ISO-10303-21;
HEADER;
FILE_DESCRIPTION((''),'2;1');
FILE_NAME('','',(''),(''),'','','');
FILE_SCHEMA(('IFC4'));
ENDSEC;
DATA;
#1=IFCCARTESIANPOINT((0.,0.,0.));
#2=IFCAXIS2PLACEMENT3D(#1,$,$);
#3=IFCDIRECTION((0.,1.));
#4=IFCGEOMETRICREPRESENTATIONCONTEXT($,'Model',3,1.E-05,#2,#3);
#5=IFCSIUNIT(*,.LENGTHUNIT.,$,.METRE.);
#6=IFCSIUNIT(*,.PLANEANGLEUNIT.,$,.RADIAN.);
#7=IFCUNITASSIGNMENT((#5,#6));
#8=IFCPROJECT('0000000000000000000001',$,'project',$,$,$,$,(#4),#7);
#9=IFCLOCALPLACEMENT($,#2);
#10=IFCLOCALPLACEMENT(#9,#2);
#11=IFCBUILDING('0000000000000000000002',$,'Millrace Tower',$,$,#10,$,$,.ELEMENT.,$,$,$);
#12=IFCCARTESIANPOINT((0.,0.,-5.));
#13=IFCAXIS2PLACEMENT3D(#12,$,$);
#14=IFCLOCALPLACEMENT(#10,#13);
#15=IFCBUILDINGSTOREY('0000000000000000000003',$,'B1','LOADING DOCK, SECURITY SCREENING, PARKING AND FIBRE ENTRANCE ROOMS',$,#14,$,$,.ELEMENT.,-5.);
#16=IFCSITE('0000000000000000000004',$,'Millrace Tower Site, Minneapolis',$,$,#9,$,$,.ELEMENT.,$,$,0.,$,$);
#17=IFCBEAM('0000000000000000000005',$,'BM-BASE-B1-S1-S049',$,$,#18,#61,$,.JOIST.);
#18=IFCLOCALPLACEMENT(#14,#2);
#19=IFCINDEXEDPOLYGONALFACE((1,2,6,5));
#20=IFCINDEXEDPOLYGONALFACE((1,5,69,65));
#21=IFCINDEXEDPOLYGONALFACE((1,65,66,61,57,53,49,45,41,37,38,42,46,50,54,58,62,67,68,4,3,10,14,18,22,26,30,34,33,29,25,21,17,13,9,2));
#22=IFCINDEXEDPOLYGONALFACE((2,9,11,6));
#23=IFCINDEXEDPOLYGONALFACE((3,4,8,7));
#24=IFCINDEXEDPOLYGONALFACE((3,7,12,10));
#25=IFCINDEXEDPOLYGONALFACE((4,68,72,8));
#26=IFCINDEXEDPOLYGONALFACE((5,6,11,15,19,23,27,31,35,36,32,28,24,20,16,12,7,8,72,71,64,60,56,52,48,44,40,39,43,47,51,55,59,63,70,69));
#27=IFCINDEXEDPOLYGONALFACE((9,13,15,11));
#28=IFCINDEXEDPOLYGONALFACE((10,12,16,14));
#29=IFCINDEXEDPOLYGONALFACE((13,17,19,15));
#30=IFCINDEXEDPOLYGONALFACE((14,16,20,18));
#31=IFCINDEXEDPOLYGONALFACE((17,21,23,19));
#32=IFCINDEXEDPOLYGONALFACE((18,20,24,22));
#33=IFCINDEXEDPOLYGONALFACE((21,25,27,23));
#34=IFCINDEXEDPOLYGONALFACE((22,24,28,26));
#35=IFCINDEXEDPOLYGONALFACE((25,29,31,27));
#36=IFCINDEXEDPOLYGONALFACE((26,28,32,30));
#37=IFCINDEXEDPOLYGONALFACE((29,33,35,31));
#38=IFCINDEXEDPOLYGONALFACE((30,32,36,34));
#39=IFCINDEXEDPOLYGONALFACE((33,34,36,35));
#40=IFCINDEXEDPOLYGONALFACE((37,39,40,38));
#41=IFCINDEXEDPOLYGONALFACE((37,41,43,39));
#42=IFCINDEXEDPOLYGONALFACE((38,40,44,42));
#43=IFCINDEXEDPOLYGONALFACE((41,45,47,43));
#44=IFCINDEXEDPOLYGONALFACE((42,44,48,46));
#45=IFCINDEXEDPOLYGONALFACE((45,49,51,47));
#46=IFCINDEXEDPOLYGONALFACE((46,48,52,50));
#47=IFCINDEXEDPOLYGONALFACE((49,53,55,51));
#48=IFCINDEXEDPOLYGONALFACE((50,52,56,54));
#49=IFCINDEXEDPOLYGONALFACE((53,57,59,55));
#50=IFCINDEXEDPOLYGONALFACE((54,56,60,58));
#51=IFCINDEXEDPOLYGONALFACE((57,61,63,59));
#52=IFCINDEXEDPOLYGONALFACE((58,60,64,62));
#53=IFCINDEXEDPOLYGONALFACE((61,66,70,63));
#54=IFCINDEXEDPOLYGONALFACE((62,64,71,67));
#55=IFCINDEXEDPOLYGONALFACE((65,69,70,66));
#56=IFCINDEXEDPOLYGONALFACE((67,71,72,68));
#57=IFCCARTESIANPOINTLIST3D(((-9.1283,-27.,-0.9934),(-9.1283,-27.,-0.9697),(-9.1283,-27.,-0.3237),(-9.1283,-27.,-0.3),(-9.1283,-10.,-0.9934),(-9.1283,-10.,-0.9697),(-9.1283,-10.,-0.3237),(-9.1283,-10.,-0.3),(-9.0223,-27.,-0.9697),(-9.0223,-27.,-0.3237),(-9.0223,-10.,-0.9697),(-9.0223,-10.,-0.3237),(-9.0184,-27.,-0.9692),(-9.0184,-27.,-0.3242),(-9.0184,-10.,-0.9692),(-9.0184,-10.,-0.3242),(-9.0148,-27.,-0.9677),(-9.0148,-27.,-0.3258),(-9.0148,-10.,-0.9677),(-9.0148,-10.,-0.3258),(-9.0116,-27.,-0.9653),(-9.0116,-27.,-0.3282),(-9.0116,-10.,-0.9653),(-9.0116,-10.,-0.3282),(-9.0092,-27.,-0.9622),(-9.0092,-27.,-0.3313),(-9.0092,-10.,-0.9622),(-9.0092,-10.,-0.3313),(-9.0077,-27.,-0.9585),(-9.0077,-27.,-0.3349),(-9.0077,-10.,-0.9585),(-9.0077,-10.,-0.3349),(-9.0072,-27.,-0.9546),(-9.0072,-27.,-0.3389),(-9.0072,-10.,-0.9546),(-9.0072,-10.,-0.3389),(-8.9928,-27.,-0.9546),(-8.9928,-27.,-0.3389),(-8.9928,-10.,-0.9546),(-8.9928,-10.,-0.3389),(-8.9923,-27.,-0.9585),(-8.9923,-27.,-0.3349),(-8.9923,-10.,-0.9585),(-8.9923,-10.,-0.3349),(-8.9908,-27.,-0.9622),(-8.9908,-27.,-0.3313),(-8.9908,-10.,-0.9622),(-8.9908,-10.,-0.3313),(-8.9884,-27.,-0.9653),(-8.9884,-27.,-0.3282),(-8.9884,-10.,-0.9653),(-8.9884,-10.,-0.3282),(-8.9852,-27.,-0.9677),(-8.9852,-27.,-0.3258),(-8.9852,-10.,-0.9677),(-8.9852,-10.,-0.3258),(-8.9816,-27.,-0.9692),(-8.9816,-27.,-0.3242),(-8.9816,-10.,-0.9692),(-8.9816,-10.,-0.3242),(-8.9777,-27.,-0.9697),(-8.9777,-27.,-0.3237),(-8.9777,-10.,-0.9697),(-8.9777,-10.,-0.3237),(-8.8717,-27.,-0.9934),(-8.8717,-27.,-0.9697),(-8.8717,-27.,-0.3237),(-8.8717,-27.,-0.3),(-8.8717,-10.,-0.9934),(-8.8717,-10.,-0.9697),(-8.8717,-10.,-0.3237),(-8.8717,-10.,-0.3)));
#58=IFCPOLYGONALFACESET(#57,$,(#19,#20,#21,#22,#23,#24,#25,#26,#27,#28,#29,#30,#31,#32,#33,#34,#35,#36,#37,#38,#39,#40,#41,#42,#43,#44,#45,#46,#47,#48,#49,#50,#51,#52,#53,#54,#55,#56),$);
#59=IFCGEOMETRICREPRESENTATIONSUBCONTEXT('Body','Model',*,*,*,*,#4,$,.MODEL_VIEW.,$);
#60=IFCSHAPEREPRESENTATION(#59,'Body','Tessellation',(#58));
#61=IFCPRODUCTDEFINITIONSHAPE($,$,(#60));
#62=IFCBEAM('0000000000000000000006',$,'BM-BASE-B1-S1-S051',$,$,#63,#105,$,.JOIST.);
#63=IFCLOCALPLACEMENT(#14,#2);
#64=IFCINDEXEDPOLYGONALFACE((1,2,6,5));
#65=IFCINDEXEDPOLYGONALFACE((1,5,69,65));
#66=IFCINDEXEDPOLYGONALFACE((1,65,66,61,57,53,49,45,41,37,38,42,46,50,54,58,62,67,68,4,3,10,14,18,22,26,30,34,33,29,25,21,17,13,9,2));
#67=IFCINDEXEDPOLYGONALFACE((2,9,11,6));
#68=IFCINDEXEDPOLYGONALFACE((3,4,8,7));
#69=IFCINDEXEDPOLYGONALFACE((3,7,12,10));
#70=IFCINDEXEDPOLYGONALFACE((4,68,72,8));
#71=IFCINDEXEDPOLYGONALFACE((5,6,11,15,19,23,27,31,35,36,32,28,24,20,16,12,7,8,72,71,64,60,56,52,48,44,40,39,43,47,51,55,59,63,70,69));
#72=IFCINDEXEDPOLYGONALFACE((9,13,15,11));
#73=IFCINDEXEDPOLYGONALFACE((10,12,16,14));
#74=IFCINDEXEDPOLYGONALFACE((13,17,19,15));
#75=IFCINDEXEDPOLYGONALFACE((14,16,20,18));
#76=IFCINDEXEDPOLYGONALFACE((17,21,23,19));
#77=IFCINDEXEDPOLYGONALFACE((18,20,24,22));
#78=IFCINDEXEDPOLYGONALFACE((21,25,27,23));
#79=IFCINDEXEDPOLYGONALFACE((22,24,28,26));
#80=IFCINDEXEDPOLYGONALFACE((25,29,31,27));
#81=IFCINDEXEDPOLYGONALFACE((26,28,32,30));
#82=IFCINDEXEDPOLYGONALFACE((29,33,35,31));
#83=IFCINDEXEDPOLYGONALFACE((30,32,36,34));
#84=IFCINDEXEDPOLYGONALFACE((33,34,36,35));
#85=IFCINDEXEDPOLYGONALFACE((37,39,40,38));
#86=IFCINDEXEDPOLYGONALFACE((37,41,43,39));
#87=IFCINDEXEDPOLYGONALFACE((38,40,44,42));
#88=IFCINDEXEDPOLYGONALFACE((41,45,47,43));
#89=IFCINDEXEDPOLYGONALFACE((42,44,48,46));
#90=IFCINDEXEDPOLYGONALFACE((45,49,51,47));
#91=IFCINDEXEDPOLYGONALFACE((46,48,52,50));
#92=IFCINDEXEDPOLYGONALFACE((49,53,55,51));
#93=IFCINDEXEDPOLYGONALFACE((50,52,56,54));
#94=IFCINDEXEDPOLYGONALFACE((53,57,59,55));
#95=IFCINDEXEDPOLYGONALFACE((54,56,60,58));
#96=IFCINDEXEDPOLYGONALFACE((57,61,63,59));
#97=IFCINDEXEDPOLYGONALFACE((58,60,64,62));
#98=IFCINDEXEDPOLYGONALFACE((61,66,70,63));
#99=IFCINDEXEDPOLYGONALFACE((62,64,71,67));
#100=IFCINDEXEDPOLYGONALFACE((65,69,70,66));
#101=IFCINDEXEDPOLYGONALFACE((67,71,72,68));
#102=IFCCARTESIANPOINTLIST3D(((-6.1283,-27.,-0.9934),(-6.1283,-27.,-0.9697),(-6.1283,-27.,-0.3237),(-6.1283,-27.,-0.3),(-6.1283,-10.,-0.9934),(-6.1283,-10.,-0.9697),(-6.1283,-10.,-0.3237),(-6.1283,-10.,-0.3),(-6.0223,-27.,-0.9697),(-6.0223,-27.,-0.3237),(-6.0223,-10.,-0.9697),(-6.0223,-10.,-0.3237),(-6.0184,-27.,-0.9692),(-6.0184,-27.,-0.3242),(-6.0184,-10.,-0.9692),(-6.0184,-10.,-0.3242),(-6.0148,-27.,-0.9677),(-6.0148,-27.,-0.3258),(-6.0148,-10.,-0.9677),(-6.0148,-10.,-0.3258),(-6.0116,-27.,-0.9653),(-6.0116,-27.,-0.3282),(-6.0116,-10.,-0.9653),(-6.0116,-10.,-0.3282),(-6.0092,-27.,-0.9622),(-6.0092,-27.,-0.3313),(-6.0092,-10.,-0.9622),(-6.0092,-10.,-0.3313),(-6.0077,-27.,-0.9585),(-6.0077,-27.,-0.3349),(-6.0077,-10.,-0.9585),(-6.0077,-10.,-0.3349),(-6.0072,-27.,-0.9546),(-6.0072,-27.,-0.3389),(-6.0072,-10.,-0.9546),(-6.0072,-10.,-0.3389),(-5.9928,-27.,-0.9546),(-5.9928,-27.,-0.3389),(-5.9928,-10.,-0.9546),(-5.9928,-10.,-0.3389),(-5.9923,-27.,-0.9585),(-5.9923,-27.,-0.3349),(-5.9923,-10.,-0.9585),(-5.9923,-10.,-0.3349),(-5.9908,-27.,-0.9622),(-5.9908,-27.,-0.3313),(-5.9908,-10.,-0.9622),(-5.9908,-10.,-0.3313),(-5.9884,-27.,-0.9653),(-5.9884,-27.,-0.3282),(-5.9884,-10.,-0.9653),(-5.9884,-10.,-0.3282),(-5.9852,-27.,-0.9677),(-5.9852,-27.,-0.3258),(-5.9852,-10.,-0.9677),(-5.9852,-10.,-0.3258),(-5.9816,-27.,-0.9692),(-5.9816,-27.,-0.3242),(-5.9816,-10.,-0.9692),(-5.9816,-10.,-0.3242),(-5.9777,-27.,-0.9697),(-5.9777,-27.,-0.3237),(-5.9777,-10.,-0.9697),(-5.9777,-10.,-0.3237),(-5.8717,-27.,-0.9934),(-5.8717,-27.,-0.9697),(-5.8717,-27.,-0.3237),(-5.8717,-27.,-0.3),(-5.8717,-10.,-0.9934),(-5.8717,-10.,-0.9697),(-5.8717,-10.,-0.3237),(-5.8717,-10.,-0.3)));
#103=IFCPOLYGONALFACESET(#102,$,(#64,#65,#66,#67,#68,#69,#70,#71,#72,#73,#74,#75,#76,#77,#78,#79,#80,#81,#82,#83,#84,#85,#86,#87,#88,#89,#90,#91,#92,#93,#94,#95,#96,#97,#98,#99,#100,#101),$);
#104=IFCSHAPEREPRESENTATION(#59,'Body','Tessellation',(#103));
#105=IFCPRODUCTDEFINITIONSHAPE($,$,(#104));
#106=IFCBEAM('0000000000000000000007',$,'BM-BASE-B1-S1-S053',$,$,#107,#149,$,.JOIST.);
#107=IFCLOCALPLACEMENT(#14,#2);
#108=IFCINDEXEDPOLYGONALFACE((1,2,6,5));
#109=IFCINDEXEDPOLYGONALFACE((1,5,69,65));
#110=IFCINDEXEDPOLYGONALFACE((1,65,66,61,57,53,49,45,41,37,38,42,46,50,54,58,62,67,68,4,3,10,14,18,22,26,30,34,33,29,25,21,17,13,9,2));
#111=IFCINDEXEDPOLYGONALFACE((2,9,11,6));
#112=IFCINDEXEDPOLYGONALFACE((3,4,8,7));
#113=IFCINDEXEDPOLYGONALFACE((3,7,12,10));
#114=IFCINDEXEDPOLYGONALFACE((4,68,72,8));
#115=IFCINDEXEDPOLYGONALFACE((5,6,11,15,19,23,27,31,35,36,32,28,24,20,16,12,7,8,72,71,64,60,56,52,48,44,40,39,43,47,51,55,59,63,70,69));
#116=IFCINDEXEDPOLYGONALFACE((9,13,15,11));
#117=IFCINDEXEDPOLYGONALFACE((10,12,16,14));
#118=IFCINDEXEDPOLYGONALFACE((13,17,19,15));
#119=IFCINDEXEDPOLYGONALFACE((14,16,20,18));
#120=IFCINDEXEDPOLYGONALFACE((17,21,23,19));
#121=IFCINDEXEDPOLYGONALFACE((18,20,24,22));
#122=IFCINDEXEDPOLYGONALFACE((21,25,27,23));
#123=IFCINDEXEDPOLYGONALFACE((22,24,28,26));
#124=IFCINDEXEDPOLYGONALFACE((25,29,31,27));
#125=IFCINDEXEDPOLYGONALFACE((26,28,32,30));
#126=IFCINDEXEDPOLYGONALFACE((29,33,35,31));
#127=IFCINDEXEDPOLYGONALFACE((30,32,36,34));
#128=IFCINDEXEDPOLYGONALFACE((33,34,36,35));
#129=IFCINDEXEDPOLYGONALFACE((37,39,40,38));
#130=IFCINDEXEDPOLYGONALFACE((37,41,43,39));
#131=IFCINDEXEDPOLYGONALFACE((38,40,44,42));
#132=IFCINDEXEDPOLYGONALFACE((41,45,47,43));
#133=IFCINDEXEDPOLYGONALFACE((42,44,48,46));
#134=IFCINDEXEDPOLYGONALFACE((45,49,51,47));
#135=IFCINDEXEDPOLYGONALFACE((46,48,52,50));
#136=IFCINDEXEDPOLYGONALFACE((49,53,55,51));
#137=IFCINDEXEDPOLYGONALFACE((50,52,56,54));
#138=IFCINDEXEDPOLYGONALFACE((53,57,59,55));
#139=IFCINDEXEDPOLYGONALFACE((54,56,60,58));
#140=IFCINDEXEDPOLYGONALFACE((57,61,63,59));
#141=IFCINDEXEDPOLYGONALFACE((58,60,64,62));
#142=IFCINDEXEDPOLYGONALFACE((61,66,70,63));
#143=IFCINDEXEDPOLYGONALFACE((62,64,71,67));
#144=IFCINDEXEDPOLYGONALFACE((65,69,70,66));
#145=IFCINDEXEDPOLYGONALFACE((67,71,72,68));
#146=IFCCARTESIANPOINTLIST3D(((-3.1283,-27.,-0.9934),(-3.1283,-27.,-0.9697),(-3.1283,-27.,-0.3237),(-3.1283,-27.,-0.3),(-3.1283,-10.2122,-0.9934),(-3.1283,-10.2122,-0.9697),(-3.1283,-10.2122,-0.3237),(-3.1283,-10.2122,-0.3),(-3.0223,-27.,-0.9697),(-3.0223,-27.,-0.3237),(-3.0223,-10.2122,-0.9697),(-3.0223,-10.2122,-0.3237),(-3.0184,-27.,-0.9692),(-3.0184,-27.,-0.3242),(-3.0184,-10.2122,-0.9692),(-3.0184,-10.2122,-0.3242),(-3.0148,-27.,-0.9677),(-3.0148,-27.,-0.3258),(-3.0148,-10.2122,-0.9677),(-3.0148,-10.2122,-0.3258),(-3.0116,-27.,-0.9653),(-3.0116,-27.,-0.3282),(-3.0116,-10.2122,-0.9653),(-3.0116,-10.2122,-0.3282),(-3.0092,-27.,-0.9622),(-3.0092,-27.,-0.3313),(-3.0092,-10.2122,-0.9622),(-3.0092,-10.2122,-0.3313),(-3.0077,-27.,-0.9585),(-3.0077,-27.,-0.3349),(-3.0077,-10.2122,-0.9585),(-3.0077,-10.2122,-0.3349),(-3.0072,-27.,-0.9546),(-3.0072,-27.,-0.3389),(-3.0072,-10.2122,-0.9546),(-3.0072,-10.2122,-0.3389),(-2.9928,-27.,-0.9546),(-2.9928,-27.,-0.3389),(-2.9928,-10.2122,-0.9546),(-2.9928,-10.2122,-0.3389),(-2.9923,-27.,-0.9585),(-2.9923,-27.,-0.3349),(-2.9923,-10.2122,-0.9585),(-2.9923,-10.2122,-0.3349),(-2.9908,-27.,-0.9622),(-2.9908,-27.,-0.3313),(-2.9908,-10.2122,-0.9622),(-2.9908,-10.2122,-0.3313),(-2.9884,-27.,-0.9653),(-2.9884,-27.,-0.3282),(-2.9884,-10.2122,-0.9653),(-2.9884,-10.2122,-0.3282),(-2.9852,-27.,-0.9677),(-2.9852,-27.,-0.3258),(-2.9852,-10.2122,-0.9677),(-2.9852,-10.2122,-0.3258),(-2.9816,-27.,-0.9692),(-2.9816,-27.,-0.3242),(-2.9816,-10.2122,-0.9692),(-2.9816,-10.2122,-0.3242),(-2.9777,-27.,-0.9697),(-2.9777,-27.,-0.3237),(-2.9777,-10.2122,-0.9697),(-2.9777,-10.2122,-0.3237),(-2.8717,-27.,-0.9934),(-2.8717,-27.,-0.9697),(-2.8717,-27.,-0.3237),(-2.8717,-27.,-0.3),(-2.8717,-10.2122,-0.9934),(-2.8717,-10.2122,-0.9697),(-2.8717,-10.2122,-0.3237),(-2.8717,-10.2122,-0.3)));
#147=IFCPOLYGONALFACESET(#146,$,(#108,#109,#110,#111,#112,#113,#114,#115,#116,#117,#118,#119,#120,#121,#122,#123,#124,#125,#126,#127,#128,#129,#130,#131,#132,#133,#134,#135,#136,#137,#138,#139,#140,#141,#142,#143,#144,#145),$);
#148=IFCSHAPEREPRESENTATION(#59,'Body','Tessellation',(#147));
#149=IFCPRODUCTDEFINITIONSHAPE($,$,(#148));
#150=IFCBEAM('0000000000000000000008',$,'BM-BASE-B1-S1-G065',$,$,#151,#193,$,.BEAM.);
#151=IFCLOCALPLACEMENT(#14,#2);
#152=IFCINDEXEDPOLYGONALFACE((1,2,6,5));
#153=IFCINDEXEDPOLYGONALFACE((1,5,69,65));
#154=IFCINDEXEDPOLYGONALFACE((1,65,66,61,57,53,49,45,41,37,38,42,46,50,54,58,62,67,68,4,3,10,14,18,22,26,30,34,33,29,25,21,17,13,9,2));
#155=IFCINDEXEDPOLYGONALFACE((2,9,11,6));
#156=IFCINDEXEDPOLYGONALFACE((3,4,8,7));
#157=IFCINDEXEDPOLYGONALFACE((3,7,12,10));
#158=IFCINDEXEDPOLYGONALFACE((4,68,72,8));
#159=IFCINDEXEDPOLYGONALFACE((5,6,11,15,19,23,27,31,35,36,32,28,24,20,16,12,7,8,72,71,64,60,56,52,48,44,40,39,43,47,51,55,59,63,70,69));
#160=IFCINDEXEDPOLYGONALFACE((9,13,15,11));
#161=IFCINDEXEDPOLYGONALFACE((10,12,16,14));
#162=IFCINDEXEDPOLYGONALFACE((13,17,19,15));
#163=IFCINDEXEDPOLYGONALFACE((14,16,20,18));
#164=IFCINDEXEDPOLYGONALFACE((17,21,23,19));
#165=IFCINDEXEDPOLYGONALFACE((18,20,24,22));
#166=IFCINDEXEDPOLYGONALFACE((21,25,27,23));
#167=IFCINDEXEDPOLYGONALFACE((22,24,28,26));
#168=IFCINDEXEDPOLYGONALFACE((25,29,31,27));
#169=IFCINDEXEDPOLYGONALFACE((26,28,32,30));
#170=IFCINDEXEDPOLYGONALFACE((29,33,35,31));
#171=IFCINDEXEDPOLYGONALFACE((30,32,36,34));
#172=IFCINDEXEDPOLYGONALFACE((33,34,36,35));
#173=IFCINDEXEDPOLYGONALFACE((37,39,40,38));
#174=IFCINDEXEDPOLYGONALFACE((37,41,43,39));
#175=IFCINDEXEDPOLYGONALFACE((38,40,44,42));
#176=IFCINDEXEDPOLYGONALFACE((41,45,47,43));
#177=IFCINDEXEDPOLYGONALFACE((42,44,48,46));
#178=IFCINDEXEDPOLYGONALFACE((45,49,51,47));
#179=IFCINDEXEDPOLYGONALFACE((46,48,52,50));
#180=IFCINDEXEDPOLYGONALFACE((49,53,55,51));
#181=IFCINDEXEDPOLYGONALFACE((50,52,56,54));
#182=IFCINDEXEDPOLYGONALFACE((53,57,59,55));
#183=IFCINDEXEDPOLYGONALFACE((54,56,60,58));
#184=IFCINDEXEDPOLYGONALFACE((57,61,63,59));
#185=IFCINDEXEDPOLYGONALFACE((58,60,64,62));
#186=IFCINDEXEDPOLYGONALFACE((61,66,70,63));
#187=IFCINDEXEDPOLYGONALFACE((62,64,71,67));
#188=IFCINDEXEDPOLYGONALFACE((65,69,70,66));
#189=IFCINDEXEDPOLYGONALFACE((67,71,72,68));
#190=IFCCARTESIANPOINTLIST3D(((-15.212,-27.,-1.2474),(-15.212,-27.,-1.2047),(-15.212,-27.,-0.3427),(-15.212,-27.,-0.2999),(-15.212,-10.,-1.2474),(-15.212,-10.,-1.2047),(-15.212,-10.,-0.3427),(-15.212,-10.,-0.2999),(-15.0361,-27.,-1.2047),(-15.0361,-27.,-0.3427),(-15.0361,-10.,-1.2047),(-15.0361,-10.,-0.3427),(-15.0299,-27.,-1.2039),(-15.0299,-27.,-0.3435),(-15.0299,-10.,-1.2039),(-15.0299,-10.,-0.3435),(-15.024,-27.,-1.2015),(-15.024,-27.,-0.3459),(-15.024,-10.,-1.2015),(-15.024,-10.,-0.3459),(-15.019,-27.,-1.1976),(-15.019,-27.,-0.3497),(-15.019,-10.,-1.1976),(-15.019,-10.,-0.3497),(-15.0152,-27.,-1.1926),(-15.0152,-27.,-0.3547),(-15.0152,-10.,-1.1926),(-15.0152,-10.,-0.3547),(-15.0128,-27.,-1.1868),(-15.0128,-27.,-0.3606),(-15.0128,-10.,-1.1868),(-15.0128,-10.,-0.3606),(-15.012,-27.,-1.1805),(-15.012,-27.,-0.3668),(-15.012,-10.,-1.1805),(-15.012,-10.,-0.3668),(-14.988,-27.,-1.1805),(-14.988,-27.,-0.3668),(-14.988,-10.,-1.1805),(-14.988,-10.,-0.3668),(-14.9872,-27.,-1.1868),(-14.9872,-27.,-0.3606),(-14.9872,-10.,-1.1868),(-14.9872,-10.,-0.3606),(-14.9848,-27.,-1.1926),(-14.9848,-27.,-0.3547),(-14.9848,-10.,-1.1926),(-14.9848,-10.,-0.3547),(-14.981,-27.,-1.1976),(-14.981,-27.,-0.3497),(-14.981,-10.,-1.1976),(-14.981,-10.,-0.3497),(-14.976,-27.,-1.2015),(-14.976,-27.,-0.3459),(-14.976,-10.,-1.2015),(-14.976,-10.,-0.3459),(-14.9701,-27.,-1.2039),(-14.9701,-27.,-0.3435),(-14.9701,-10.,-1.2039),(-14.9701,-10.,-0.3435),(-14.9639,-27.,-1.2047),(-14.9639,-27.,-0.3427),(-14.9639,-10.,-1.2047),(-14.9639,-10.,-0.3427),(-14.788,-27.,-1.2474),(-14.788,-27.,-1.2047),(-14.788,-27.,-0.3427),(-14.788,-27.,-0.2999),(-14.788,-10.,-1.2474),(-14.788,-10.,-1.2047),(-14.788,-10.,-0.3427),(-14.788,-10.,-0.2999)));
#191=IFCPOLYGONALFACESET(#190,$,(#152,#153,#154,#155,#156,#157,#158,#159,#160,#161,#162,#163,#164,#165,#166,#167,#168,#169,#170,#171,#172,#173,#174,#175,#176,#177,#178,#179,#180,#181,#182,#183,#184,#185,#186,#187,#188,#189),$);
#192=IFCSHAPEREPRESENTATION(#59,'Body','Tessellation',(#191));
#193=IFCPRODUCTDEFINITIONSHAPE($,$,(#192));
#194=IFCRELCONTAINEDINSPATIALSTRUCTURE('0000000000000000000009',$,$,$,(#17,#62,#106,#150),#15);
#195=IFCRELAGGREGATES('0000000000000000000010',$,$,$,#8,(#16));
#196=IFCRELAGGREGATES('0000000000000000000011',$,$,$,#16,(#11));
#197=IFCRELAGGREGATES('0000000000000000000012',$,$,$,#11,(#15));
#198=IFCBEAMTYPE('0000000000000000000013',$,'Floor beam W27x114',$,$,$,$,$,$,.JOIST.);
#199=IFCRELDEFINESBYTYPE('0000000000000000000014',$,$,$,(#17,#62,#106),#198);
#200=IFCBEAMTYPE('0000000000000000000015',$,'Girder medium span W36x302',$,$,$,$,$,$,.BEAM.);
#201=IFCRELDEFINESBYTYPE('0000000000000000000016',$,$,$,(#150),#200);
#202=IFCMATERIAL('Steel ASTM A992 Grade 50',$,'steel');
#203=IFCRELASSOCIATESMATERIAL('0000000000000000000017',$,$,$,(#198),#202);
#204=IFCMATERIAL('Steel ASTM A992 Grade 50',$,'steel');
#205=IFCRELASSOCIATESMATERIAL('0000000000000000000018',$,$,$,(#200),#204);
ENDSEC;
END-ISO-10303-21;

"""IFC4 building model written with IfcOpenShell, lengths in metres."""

from ifc_helpers import new_model, si_unit, direction, frame, origin, origin_2d, place, context, subcontext, project, spatial, i_section, extrude, material, material_profile, profile_set, type_object, element, save


model = new_model("IFC4")

# Units and contexts
model_context = context("Model", 3, precision=1e-05, world=origin(), true_north=direction((0.0, 1.0)))
body_context = subcontext(model_context, "Body", "Model", "MODEL_VIEW")
ifc_project = project(units=[si_unit("LENGTHUNIT", "METRE"), si_unit("PLANEANGLEUNIT", "RADIAN")], contexts=[model_context])

# Site, building, storey
site_placement = place(None, origin())
site = spatial("IfcSite", under=ifc_project, at=site_placement, Name="Millrace Tower Site, Minneapolis", CompositionType="ELEMENT", RefElevation=0.0)
building_placement = place(site_placement, origin())
building = spatial("IfcBuilding", under=site, at=building_placement, Name="Millrace Tower", CompositionType="ELEMENT")
storey_placement = place(building_placement, frame((0.0, 0.0, -5.0)))
storey = spatial("IfcBuildingStorey", under=building, at=storey_placement, Name="B1", Description="LOADING DOCK, SECURITY SCREENING, PARKING AND FIBRE ENTRANCE ROOMS", CompositionType="ELEMENT", Elevation=-5.0)

# Beams
ifc_material_1 = material(Name="Steel ASTM A992 Grade 50", Category="steel")
ifc_material_profile_1 = material_profile(ifc_material_1, i_section(OverallWidth=0.2566, OverallDepth=0.6934, WebThickness=0.0144, FlangeThickness=0.0237, FilletRadius=0.0151, at=origin_2d()))
ifc_profile_set_1 = profile_set([ifc_material_profile_1], Name="Steel ASTM A992 Grade 50")
beam_type_1 = type_object("IfcBeamType", Name="Floor beam W27x114", PredefinedType="JOIST", material=ifc_profile_set_1)
for number, where, z_axis, x_axis, name in (
    (1, (-9.0, -27.0, -0.6467), (0.0, 1.0, 0.0), (-1.0, 0.0, 0.0), "BM-BASE-B1-S1-S049"),
    (2, (-6.0, -27.0, -0.6467), (0.0, 1.0, 0.0), (-1.0, 0.0, 0.0), "BM-BASE-B1-S1-S051"),
):
    element("IfcBeam", number, at=place(storey_placement, frame(where, z_axis=z_axis, x_axis=x_axis)), inside=storey, type_object=beam_type_1, Name=name, PredefinedType="JOIST", context=body_context, shape_type="SweptSolid", body=[
        extrude(i_section(OverallWidth=0.2566, OverallDepth=0.6934, WebThickness=0.0144, FlangeThickness=0.0237, FilletRadius=0.0151, at=origin_2d()), origin(), (0.0, 0.0, 1.0), 17.0),
    ])
beam_1_placement = place(storey_placement, frame((-3.0, -27.0, -0.6467), z_axis=(0.0, 1.0, 0.0), x_axis=(-1.0, 0.0, 0.0)))
element("IfcBeam", 3, at=beam_1_placement, inside=storey, type_object=beam_type_1, Name="BM-BASE-B1-S1-S053", PredefinedType="JOIST", context=body_context, shape_type="SweptSolid", body=[
    extrude(i_section(OverallWidth=0.2566, OverallDepth=0.6934, WebThickness=0.0144, FlangeThickness=0.0237, FilletRadius=0.0151, at=origin_2d()), origin(), (0.0, 0.0, 1.0), 16.7878),
])
ifc_material_2 = material(Name="Steel ASTM A992 Grade 50", Category="steel")
ifc_material_profile_2 = material_profile(ifc_material_2, i_section(OverallWidth=0.4241, OverallDepth=0.9475, WebThickness=0.0239, FlangeThickness=0.0427, FilletRadius=0.0242, at=origin_2d()))
ifc_profile_set_2 = profile_set([ifc_material_profile_2], Name="Steel ASTM A992 Grade 50")
beam_type_2 = type_object("IfcBeamType", Name="Girder medium span W36x302", PredefinedType="BEAM", material=ifc_profile_set_2)
beam_2_placement = place(storey_placement, frame((-15.0, -27.0, -0.7737), z_axis=(0.0, 1.0, 0.0), x_axis=(-1.0, 0.0, 0.0)))
element("IfcBeam", 4, at=beam_2_placement, inside=storey, type_object=beam_type_2, Name="BM-BASE-B1-S1-G065", PredefinedType="BEAM", context=body_context, shape_type="SweptSolid", body=[
    extrude(i_section(OverallWidth=0.4241, OverallDepth=0.9475, WebThickness=0.0239, FlangeThickness=0.0427, FilletRadius=0.0242, at=origin_2d()), origin(), (0.0, 0.0, 1.0), 17.0),
])

save(model, "model.ifc")
